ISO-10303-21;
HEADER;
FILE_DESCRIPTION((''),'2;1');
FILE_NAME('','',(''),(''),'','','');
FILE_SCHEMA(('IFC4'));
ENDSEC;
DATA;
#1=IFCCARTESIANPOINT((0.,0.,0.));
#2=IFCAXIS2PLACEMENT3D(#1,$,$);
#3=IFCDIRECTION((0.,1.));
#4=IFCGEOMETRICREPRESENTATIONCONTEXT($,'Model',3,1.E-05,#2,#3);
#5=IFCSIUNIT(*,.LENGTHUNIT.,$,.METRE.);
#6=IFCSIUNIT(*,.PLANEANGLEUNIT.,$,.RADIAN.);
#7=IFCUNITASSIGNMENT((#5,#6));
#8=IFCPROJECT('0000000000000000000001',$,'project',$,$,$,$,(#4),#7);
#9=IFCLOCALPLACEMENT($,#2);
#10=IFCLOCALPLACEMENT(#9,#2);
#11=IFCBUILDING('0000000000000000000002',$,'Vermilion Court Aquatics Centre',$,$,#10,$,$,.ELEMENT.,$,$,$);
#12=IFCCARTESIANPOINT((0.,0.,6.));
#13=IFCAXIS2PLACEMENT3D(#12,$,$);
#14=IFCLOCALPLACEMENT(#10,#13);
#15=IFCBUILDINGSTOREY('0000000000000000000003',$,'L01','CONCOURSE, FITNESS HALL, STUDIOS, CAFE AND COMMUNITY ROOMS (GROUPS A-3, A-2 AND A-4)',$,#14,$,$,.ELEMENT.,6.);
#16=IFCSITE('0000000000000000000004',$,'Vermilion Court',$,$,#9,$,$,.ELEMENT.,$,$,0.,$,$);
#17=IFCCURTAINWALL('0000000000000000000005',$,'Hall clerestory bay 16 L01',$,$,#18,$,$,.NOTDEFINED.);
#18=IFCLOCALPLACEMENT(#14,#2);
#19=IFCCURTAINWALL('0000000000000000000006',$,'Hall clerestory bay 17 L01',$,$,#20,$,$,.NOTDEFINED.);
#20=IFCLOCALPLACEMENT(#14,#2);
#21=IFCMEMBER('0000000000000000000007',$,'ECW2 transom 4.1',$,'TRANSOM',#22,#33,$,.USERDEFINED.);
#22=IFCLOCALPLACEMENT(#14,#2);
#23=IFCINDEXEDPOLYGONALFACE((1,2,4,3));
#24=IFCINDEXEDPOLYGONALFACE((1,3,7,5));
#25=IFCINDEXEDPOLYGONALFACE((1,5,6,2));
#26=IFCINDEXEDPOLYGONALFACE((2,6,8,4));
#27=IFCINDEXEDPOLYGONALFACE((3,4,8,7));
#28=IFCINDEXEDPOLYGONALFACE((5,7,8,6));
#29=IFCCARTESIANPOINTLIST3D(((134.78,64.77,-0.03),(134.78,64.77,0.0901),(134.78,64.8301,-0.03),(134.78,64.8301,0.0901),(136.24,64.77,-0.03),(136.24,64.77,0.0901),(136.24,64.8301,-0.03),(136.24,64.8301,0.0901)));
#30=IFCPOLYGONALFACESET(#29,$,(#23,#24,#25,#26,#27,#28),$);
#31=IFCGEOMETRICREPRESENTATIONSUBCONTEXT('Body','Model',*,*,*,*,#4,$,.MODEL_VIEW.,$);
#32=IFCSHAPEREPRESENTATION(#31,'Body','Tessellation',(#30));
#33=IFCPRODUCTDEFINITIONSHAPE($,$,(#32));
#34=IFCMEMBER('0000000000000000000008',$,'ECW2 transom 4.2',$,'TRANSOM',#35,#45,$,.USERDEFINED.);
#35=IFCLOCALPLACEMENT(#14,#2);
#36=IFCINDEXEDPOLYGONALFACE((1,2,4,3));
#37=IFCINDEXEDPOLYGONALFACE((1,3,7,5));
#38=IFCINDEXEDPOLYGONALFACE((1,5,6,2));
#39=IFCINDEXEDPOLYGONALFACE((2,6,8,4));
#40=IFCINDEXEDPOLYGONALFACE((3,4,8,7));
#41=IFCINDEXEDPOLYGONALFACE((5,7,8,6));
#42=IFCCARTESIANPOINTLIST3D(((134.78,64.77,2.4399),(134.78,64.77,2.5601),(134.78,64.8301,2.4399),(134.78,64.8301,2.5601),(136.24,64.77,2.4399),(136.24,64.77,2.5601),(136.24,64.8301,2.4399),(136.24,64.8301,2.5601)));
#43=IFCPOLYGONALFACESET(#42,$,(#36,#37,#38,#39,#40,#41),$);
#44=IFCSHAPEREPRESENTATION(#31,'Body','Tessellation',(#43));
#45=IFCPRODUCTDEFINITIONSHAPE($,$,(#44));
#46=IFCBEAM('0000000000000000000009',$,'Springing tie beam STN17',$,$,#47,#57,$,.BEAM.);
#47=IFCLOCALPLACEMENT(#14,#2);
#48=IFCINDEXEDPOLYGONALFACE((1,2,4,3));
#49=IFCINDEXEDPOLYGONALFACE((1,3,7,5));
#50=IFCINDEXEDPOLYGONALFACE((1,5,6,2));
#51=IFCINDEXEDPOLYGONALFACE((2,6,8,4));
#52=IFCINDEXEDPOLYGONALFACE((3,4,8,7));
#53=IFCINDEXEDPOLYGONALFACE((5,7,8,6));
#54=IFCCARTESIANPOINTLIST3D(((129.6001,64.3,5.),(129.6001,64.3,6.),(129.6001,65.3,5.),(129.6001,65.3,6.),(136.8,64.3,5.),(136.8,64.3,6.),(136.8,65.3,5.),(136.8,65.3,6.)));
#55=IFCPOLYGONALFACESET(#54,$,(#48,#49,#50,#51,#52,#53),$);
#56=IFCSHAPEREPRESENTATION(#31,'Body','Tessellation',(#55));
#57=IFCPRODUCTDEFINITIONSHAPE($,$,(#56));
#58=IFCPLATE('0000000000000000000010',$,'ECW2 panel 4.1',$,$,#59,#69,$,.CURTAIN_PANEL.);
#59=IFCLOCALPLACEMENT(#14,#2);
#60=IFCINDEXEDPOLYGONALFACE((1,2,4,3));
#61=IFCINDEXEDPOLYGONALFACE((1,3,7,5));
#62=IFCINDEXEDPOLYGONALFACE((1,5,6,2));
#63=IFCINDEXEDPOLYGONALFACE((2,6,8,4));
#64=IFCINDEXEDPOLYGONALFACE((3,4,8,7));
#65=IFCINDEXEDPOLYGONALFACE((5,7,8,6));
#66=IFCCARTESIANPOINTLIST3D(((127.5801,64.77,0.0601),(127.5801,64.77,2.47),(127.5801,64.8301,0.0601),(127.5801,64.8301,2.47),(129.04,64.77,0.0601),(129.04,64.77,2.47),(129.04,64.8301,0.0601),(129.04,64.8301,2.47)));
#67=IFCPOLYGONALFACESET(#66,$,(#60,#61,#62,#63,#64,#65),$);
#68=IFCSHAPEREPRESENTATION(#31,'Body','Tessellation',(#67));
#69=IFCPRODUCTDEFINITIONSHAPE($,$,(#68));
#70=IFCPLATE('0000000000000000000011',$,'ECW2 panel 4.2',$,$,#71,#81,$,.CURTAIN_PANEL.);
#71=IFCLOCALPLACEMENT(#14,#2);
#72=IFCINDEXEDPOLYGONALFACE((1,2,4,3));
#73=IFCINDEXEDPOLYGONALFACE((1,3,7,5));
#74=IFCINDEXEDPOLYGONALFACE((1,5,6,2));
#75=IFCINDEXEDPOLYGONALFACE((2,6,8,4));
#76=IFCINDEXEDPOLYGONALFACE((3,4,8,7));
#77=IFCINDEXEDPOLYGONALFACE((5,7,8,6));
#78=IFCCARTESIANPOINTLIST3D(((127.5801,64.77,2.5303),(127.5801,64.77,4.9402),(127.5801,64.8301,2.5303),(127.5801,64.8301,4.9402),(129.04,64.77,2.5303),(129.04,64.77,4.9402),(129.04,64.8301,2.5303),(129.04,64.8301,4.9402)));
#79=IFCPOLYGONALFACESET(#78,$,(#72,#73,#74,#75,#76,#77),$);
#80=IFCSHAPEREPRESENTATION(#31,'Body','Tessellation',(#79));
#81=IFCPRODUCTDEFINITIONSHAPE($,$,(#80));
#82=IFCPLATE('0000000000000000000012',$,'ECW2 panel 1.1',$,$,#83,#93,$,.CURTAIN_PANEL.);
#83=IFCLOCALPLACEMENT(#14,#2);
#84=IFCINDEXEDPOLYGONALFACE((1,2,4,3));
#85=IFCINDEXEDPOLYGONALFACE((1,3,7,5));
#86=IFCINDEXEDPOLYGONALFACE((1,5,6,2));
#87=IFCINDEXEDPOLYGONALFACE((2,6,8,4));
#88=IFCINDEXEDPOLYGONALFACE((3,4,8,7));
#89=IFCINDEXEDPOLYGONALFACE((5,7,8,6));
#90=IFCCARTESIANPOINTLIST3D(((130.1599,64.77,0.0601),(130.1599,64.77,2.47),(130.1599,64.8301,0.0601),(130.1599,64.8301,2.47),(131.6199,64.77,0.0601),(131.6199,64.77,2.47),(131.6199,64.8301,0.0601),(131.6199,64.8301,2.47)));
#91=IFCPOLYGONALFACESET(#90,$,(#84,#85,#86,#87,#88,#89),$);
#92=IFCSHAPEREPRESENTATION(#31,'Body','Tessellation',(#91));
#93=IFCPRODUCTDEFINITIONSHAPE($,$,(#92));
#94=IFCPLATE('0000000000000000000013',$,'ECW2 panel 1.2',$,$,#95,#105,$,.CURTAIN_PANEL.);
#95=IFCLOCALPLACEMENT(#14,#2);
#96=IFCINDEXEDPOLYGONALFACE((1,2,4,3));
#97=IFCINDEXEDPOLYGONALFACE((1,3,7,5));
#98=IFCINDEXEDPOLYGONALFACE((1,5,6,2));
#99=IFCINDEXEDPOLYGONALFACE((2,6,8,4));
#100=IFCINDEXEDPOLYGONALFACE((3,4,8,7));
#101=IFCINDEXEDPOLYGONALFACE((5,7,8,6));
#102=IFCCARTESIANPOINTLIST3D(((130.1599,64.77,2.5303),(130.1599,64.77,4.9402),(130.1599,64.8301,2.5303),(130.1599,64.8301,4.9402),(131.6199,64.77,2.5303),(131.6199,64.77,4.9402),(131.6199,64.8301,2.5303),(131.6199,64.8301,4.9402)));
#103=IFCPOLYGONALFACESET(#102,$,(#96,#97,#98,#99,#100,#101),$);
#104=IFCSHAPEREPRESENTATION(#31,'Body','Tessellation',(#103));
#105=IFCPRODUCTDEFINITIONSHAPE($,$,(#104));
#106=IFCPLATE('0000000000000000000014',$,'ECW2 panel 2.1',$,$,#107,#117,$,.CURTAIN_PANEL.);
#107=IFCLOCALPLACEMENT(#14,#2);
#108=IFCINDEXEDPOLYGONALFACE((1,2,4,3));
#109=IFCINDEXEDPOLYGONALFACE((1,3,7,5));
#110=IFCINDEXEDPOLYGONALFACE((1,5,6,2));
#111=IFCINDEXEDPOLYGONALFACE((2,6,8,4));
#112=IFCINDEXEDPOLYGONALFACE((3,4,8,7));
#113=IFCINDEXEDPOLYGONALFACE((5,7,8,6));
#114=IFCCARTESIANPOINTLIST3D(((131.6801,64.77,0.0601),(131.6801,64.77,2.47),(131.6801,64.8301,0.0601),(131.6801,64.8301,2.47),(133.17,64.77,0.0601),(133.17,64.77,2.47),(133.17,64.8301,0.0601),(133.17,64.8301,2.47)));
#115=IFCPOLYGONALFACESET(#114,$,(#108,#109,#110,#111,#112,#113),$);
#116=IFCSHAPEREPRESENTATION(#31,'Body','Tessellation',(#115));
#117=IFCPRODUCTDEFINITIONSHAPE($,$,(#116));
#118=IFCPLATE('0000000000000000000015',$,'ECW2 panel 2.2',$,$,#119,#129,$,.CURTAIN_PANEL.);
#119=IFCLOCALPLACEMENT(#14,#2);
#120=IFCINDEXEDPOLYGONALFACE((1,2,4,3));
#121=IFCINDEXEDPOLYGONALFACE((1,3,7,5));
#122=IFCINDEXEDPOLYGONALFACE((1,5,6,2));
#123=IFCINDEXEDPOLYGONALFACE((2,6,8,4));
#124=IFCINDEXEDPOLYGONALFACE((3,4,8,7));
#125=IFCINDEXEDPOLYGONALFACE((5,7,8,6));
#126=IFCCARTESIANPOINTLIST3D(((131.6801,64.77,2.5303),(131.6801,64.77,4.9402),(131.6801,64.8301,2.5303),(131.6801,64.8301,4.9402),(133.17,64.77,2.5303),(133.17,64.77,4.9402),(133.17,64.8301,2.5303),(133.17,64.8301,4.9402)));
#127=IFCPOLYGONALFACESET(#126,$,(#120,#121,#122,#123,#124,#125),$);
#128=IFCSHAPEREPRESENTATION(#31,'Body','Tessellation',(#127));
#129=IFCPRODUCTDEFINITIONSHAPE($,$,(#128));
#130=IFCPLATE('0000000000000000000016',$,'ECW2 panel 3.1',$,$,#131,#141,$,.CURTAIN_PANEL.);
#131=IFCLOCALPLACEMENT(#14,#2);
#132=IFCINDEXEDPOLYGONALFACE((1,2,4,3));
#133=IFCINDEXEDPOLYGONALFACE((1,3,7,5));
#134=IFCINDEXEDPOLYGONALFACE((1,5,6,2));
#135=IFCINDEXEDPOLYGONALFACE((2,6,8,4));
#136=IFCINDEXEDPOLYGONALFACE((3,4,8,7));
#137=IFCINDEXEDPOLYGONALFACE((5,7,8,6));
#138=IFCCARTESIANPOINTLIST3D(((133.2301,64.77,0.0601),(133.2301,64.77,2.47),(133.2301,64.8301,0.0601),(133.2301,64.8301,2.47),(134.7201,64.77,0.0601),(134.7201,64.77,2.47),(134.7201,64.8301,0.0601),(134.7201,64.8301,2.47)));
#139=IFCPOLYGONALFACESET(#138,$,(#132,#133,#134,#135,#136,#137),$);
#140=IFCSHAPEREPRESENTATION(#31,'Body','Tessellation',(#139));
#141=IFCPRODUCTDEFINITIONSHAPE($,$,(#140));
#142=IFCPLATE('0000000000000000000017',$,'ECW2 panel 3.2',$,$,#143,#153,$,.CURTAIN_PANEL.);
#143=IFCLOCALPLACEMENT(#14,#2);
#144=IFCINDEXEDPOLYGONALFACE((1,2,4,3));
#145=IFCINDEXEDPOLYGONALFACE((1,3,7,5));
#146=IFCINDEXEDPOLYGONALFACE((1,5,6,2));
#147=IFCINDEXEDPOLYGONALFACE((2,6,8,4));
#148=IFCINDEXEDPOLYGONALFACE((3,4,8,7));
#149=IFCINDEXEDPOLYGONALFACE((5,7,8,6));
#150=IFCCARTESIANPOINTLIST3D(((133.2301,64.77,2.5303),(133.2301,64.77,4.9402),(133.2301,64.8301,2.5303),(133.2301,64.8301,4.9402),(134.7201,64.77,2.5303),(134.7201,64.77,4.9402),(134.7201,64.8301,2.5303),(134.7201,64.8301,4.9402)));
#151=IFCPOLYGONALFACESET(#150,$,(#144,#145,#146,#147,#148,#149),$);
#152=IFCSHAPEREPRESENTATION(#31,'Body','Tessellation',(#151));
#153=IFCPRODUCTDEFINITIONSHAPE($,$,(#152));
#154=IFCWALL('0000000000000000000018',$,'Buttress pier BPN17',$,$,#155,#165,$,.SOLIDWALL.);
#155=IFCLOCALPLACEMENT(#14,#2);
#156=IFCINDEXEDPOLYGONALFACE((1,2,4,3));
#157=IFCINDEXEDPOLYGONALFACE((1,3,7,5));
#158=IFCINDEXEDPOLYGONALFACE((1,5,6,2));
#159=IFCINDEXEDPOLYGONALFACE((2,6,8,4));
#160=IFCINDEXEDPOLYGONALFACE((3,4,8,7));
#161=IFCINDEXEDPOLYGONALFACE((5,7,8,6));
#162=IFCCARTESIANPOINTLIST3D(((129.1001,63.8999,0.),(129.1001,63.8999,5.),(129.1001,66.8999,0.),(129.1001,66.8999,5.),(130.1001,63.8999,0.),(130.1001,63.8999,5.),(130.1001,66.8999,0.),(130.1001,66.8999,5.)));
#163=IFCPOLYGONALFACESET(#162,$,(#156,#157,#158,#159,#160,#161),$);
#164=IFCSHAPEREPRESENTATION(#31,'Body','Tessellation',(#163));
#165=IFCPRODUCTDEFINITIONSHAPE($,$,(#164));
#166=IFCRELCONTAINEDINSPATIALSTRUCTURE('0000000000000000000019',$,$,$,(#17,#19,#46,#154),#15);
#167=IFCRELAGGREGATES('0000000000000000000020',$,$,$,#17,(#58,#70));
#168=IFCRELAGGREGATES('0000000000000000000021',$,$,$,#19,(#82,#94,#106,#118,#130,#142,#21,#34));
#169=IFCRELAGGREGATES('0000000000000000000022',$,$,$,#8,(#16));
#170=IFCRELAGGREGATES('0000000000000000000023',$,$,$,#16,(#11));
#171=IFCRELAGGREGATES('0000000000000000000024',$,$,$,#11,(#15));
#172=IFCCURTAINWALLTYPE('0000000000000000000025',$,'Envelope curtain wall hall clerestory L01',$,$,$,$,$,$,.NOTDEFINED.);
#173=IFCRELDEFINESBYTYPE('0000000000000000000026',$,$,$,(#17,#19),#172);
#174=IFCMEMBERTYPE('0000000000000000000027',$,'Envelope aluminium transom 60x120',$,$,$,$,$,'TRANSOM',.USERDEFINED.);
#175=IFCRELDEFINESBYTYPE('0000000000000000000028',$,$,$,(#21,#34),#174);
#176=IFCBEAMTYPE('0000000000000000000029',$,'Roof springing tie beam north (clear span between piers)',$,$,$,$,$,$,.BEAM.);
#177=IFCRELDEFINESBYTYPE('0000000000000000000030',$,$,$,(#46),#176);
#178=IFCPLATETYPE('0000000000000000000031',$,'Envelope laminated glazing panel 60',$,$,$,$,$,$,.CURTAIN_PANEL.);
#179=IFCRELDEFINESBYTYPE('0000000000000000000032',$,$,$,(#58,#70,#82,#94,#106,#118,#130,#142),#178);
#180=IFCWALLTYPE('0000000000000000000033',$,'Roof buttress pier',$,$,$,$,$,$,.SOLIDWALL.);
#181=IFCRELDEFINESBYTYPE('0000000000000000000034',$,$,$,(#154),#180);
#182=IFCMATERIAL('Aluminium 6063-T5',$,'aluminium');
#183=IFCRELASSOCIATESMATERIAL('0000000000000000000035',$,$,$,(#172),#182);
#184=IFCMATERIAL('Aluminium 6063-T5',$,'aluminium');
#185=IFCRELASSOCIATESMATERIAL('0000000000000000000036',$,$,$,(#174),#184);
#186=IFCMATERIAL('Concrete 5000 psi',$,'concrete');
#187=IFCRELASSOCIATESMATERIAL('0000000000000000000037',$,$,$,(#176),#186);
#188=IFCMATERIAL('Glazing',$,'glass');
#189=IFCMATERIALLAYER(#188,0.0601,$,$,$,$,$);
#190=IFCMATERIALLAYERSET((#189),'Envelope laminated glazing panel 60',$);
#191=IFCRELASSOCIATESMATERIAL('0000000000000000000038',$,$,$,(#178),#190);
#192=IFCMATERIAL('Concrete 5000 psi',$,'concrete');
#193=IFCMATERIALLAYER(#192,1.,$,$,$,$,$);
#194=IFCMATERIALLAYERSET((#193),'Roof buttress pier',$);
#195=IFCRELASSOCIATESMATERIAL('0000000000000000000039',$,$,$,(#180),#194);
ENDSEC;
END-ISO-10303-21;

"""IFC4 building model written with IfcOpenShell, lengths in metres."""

from ifc_helpers import new_model, si_unit, direction, frame, frame_2d, origin, origin_2d, place, context, subcontext, project, spatial, rectangle, extrude, material, layer, layer_set, material_profile, profile_set, type_object, element, aggregate, save


model = new_model("IFC4")

# Units and contexts
model_context = context("Model", 3, precision=1e-05, world=origin(), true_north=direction((0.0, 1.0)))
body_context = subcontext(model_context, "Body", "Model", "MODEL_VIEW")
ifc_project = project(units=[si_unit("LENGTHUNIT", "METRE"), si_unit("PLANEANGLEUNIT", "RADIAN")], contexts=[model_context])

# Site, building, storey
site_placement = place(None, origin())
site = spatial("IfcSite", under=ifc_project, at=site_placement, Name="Vermilion Court", CompositionType="ELEMENT", RefElevation=0.0)
building_placement = place(site_placement, origin())
building = spatial("IfcBuilding", under=site, at=building_placement, Name="Vermilion Court Aquatics Centre", CompositionType="ELEMENT")
storey_placement = place(building_placement, frame((0.0, 0.0, 6.0)))
storey = spatial("IfcBuildingStorey", under=building, at=storey_placement, Name="L01", Description="CONCOURSE, FITNESS HALL, STUDIOS, CAFE AND COMMUNITY ROOMS (GROUPS A-3, A-2 AND A-4)", CompositionType="ELEMENT", Elevation=6.0)

# Curtain wall
ifc_material_1 = material(Name="Aluminium 6063-T5", Category="aluminium")
curtain_wall_type = type_object("IfcCurtainWallType", Name="Envelope curtain wall hall clerestory L01", PredefinedType="NOTDEFINED", material=ifc_material_1)
curtain_wall_1_placement = place(storey_placement, origin())
curtain_wall_1 = element("IfcCurtainWall", 1, at=curtain_wall_1_placement, inside=storey, type_object=curtain_wall_type, Name="Hall clerestory bay 16 L01", PredefinedType="NOTDEFINED")

# Curtain wall
curtain_wall_2_placement = place(storey_placement, origin())
curtain_wall_2 = element("IfcCurtainWall", 2, at=curtain_wall_2_placement, inside=storey, type_object=curtain_wall_type, Name="Hall clerestory bay 17 L01", PredefinedType="NOTDEFINED")

# Members
ifc_material_2 = material(Name="Aluminium 6063-T5", Category="aluminium")
ifc_material_profile_1 = material_profile(ifc_material_2, rectangle(XDim=0.0601, YDim=0.1201, at=origin_2d()), Name="AL 60x120")
ifc_profile_set_1 = profile_set([ifc_material_profile_1], Name="Aluminium 6063-T5")
member_type_1 = type_object("IfcMemberType", Name="Envelope aluminium transom 60x120", ElementType="TRANSOM", PredefinedType="USERDEFINED", material=ifc_profile_set_1)
member_1_placement = place(storey_placement, frame((134.78, 64.8, 0.03), z_axis=(1.0, 0.0, 0.0), x_axis=(0.0, 1.0, 0.0)))
member_1 = element("IfcMember", 3, at=member_1_placement, type_object=member_type_1, Name="ECW2 transom 4.1", ObjectType="TRANSOM", PredefinedType="USERDEFINED", context=body_context, shape_type="SweptSolid", body=[
    extrude(rectangle(XDim=0.0601, YDim=0.1201, at=origin_2d()), origin(), (0.0, 0.0, 1.0), 1.46),
])
member_2_placement = place(storey_placement, frame((134.78, 64.8, 2.5), z_axis=(1.0, 0.0, 0.0), x_axis=(0.0, 1.0, 0.0)))
member_2 = element("IfcMember", 4, at=member_2_placement, type_object=member_type_1, Name="ECW2 transom 4.2", ObjectType="TRANSOM", PredefinedType="USERDEFINED", context=body_context, shape_type="SweptSolid", body=[
    extrude(rectangle(XDim=0.0601, YDim=0.1201, at=origin_2d()), origin(), (0.0, 0.0, 1.0), 1.46),
])

# Beam
ifc_material_3 = material(Name="Concrete 5000 psi", Category="concrete")
ifc_material_profile_2 = material_profile(ifc_material_3, rectangle(XDim=1.0, YDim=1.0, at=origin_2d()), Name="RC 1000x1000")
ifc_profile_set_2 = profile_set([ifc_material_profile_2], Name="Concrete 5000 psi")
beam_type = type_object("IfcBeamType", Name="Roof springing tie beam north (clear span between piers)", PredefinedType="BEAM", material=ifc_profile_set_2)
beam_placement = place(storey_placement, frame((129.6001, 64.8, 5.5), z_axis=(1.0, 0.0, 0.0), x_axis=(0.0, 1.0, 0.0)))
element("IfcBeam", 5, at=beam_placement, inside=storey, type_object=beam_type, Name="Springing tie beam STN17", PredefinedType="BEAM", context=body_context, shape_type="SweptSolid", body=[
    extrude(rectangle(XDim=1.0, YDim=1.0, at=origin_2d()), origin(), (0.0, 0.0, 1.0), 7.2),
])

# Plates
ifc_material_4 = material(Name="Glazing", Category="glass")
ifc_layer_1 = layer(ifc_material_4, 0.0601)
ifc_layer_set_1 = layer_set([ifc_layer_1], Name="Envelope laminated glazing panel 60")
plate_type = type_object("IfcPlateType", Name="Envelope laminated glazing panel 60", PredefinedType="CURTAIN_PANEL", material=ifc_layer_set_1)
plate_1_placement = place(storey_placement, frame((128.3101, 64.8, 0.0601), z_axis=(0.0, 0.0, 1.0), x_axis=(1.0, 0.0, 0.0)))
plate_1 = element("IfcPlate", 6, at=plate_1_placement, type_object=plate_type, Name="ECW2 panel 4.1", PredefinedType="CURTAIN_PANEL", context=body_context, shape_type="SweptSolid", body=[
    extrude(rectangle(XDim=1.46, YDim=0.0601, at=origin_2d()), origin(), (0.0, 0.0, 1.0), 2.4099),
])
plate_2_placement = place(storey_placement, frame((128.3101, 64.8, 2.5303), z_axis=(0.0, 0.0, 1.0), x_axis=(1.0, 0.0, 0.0)))
plate_2 = element("IfcPlate", 7, at=plate_2_placement, type_object=plate_type, Name="ECW2 panel 4.2", PredefinedType="CURTAIN_PANEL", context=body_context, shape_type="SweptSolid", body=[
    extrude(rectangle(XDim=1.46, YDim=0.0601, at=origin_2d()), origin(), (0.0, 0.0, 1.0), 2.4099),
])
aggregate(curtain_wall_1, [plate_1, plate_2])
plate_3_placement = place(storey_placement, frame((130.8899, 64.8, 0.0601), z_axis=(0.0, 0.0, 1.0), x_axis=(1.0, 0.0, 0.0)))
plate_3 = element("IfcPlate", 8, at=plate_3_placement, type_object=plate_type, Name="ECW2 panel 1.1", PredefinedType="CURTAIN_PANEL", context=body_context, shape_type="SweptSolid", body=[
    extrude(rectangle(XDim=1.46, YDim=0.0601, at=origin_2d()), origin(), (0.0, 0.0, 1.0), 2.4099),
])
plate_4_placement = place(storey_placement, frame((130.8899, 64.8, 2.5303), z_axis=(0.0, 0.0, 1.0), x_axis=(1.0, 0.0, 0.0)))
plate_4 = element("IfcPlate", 9, at=plate_4_placement, type_object=plate_type, Name="ECW2 panel 1.2", PredefinedType="CURTAIN_PANEL", context=body_context, shape_type="SweptSolid", body=[
    extrude(rectangle(XDim=1.46, YDim=0.0601, at=origin_2d()), origin(), (0.0, 0.0, 1.0), 2.4099),
])
plate_5_placement = place(storey_placement, frame((132.425, 64.8, 0.0601), z_axis=(0.0, 0.0, 1.0), x_axis=(1.0, 0.0, 0.0)))
plate_5 = element("IfcPlate", 10, at=plate_5_placement, type_object=plate_type, Name="ECW2 panel 2.1", PredefinedType="CURTAIN_PANEL", context=body_context, shape_type="SweptSolid", body=[
    extrude(rectangle(XDim=1.49, YDim=0.0601, at=origin_2d()), origin(), (0.0, 0.0, 1.0), 2.4099),
])
plate_6_placement = place(storey_placement, frame((132.425, 64.8, 2.5303), z_axis=(0.0, 0.0, 1.0), x_axis=(1.0, 0.0, 0.0)))
plate_6 = element("IfcPlate", 11, at=plate_6_placement, type_object=plate_type, Name="ECW2 panel 2.2", PredefinedType="CURTAIN_PANEL", context=body_context, shape_type="SweptSolid", body=[
    extrude(rectangle(XDim=1.49, YDim=0.0601, at=origin_2d()), origin(), (0.0, 0.0, 1.0), 2.4099),
])
plate_7_placement = place(storey_placement, frame((133.9751, 64.8, 0.0601), z_axis=(0.0, 0.0, 1.0), x_axis=(1.0, 0.0, 0.0)))
plate_7 = element("IfcPlate", 12, at=plate_7_placement, type_object=plate_type, Name="ECW2 panel 3.1", PredefinedType="CURTAIN_PANEL", context=body_context, shape_type="SweptSolid", body=[
    extrude(rectangle(XDim=1.49, YDim=0.0601, at=origin_2d()), origin(), (0.0, 0.0, 1.0), 2.4099),
])
plate_8_placement = place(storey_placement, frame((133.9751, 64.8, 2.5303), z_axis=(0.0, 0.0, 1.0), x_axis=(1.0, 0.0, 0.0)))
plate_8 = element("IfcPlate", 13, at=plate_8_placement, type_object=plate_type, Name="ECW2 panel 3.2", PredefinedType="CURTAIN_PANEL", context=body_context, shape_type="SweptSolid", body=[
    extrude(rectangle(XDim=1.49, YDim=0.0601, at=origin_2d()), origin(), (0.0, 0.0, 1.0), 2.4099),
])
aggregate(curtain_wall_2, [plate_3, plate_4, plate_5, plate_6, plate_7, plate_8, member_1, member_2])

# Wall
ifc_material_5 = material(Name="Concrete 5000 psi", Category="concrete")
ifc_layer_2 = layer(ifc_material_5, 1.0)
ifc_layer_set_2 = layer_set([ifc_layer_2], Name="Roof buttress pier")
wall_type = type_object("IfcWallType", Name="Roof buttress pier", PredefinedType="SOLIDWALL", material=ifc_layer_set_2)
wall_placement = place(storey_placement, frame((129.6001, 63.8999, 0.0), z_axis=(0.0, 0.0, 1.0), x_axis=(0.0, 1.0, 0.0)))
element("IfcWall", 14, at=wall_placement, inside=storey, type_object=wall_type, Name="Buttress pier BPN17", PredefinedType="SOLIDWALL", context=body_context, shape_type="SweptSolid", body=[
    extrude(rectangle(XDim=3.0, YDim=1.0, at=frame_2d((1.5, 0.0))), origin(), (0.0, 0.0, 1.0), 5.0),
])

save(model, "model.ifc")
